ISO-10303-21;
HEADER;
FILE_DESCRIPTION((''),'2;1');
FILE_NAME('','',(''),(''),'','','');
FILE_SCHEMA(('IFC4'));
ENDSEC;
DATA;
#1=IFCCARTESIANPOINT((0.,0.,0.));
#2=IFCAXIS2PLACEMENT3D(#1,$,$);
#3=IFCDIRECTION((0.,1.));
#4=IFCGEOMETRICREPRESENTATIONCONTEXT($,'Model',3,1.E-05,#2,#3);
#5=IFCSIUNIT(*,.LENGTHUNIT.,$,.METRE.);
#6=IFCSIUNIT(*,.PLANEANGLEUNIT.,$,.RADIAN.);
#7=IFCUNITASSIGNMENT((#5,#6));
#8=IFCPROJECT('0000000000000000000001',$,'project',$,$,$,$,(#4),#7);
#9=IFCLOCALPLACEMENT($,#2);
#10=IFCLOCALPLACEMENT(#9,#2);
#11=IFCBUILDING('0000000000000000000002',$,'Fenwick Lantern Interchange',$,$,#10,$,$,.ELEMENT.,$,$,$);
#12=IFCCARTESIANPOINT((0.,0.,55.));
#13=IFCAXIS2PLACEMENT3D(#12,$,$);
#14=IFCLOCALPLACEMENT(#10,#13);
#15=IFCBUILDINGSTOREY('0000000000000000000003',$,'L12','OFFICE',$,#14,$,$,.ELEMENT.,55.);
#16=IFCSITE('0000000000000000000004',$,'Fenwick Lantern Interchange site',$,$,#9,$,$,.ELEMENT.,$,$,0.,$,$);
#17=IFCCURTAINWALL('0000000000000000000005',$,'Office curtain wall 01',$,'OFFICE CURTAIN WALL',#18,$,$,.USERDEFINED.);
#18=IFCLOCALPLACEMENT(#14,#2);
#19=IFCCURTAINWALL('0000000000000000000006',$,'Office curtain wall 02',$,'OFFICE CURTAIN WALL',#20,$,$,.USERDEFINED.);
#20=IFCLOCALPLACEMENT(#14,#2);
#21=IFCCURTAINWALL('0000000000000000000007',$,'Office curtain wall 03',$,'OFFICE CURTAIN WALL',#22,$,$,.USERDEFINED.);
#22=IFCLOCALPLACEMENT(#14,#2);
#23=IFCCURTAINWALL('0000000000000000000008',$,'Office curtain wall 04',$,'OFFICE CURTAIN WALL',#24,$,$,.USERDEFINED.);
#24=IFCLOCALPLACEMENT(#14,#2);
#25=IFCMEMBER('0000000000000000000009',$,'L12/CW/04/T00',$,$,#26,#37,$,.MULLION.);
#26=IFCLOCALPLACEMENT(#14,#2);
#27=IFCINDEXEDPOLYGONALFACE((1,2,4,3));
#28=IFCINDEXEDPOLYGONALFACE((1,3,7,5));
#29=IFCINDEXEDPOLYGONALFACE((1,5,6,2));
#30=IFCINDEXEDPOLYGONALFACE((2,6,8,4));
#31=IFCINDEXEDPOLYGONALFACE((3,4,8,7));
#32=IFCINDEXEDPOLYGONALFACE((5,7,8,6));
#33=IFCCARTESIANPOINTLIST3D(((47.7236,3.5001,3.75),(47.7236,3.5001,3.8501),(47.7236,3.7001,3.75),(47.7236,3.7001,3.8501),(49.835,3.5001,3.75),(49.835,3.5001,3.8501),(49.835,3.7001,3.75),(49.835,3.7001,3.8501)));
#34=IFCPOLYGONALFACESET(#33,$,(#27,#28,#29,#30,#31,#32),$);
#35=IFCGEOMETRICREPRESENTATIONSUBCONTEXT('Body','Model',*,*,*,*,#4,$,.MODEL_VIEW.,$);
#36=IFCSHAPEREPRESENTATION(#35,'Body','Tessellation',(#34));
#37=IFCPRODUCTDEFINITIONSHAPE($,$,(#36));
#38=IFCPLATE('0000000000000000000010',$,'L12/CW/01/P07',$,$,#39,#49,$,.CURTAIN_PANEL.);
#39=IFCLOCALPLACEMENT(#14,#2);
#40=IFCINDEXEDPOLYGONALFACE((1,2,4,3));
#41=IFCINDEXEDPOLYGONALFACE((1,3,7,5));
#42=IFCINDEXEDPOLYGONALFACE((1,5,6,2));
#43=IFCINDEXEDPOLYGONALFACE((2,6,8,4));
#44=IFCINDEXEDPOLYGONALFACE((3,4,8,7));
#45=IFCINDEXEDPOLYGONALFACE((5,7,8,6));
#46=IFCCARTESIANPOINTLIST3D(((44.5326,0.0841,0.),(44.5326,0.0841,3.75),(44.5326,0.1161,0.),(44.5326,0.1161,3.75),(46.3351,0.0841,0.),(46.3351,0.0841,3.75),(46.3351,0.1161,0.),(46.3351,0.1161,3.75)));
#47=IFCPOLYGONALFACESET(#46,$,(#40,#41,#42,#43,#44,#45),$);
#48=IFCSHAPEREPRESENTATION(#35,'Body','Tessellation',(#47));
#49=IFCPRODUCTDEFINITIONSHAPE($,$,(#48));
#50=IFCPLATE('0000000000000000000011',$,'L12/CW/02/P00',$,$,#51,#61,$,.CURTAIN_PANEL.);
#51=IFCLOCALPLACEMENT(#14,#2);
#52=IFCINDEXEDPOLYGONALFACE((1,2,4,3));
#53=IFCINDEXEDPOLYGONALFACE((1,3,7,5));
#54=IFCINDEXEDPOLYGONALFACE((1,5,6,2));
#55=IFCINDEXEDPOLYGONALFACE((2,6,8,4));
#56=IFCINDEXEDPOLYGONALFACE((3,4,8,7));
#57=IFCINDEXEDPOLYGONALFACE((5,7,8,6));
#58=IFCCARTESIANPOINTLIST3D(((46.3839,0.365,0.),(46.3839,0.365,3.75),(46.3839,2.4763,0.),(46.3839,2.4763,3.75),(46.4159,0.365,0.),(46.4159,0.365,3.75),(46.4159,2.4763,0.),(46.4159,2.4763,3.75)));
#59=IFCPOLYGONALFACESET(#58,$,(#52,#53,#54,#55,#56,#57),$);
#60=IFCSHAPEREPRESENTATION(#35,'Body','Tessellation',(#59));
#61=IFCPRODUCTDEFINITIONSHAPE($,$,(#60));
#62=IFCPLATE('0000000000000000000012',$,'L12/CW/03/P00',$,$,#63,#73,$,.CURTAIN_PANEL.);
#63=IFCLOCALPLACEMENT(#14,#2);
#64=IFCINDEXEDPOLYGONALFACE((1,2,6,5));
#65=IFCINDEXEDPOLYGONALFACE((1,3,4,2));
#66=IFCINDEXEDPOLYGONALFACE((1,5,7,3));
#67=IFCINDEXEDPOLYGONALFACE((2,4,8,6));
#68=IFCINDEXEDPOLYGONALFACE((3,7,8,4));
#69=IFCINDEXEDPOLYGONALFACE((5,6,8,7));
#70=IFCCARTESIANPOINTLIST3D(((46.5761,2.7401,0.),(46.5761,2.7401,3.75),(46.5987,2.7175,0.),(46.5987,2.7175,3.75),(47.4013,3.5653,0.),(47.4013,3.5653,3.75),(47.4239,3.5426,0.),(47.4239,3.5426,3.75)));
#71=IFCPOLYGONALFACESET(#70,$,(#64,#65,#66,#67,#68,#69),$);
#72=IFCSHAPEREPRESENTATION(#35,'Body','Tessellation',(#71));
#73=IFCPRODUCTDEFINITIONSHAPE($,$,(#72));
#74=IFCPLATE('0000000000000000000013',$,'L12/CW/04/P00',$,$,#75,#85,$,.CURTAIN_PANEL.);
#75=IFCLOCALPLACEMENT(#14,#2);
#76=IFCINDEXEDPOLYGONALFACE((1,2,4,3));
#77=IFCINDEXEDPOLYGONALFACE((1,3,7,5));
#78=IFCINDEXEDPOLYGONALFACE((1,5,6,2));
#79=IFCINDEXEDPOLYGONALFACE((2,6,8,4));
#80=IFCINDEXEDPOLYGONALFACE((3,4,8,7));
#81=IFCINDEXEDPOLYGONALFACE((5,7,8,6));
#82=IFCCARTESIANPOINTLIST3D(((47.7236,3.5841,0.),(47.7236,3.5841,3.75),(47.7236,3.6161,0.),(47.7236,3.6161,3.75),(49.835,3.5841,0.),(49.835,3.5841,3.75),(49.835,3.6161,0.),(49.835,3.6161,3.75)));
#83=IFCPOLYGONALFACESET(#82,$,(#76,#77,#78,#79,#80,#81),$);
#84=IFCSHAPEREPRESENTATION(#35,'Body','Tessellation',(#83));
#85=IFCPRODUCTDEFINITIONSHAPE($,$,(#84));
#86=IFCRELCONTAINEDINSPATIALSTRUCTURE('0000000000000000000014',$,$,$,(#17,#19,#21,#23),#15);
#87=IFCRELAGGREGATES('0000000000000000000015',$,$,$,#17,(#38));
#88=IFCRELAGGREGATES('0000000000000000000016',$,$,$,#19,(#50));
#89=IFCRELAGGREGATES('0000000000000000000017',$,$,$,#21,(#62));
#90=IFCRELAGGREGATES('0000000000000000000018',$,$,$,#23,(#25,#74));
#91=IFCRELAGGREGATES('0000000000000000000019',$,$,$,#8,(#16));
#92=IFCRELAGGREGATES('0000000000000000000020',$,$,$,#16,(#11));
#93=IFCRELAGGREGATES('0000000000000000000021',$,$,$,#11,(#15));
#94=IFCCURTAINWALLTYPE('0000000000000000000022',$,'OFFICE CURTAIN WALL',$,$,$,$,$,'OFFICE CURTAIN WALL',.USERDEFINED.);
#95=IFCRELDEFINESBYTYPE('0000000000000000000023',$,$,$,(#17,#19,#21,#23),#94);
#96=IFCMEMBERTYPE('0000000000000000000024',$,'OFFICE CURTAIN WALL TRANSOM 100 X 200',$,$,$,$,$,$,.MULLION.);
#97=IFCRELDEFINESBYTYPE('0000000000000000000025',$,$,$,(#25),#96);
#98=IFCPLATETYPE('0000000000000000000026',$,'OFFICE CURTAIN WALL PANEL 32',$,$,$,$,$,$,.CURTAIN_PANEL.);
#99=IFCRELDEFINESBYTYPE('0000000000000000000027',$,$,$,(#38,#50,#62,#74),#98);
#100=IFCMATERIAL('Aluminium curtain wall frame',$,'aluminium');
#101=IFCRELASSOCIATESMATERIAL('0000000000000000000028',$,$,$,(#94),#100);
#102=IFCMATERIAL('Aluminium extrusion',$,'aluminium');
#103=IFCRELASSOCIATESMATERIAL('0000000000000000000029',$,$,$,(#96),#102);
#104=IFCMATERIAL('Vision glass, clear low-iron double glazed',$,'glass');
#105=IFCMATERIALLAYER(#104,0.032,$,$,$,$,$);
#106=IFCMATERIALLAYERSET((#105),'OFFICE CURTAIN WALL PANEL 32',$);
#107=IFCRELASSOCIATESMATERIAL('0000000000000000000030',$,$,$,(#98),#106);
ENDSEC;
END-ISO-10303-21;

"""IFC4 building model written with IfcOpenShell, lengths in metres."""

from ifc_helpers import new_model, si_unit, direction, frame, origin, origin_2d, place, context, subcontext, project, spatial, rectangle, extrude, material, layer, layer_set, material_profile, profile_set, type_object, element, aggregate, save


model = new_model("IFC4")

# Units and contexts
model_context = context("Model", 3, precision=1e-05, world=origin(), true_north=direction((0.0, 1.0)))
body_context = subcontext(model_context, "Body", "Model", "MODEL_VIEW")
ifc_project = project(units=[si_unit("LENGTHUNIT", "METRE"), si_unit("PLANEANGLEUNIT", "RADIAN")], contexts=[model_context])

# Site, building, storey
site_placement = place(None, origin())
site = spatial("IfcSite", under=ifc_project, at=site_placement, Name="Fenwick Lantern Interchange site", CompositionType="ELEMENT", RefElevation=0.0)
building_placement = place(site_placement, origin())
building = spatial("IfcBuilding", under=site, at=building_placement, Name="Fenwick Lantern Interchange", CompositionType="ELEMENT")
storey_placement = place(building_placement, frame((0.0, 0.0, 55.0)))
storey = spatial("IfcBuildingStorey", under=building, at=storey_placement, Name="L12", Description="OFFICE", CompositionType="ELEMENT", Elevation=55.0)

# Curtain walls
ifc_material_1 = material(Name="Aluminium curtain wall frame", Category="aluminium")
curtain_wall_type = type_object("IfcCurtainWallType", Name="OFFICE CURTAIN WALL", ElementType="OFFICE CURTAIN WALL", PredefinedType="USERDEFINED", material=ifc_material_1)
curtain_wall_1_placement = place(storey_placement, origin())
curtain_wall_1 = element("IfcCurtainWall", 1, at=curtain_wall_1_placement, inside=storey, type_object=curtain_wall_type, Name="Office curtain wall 01", ObjectType="OFFICE CURTAIN WALL", PredefinedType="USERDEFINED")
ifc_material_2 = material(Name="Aluminium extrusion", Category="aluminium")
curtain_wall_2_placement = place(storey_placement, origin())
curtain_wall_2 = element("IfcCurtainWall", 2, at=curtain_wall_2_placement, inside=storey, type_object=curtain_wall_type, Name="Office curtain wall 02", ObjectType="OFFICE CURTAIN WALL", PredefinedType="USERDEFINED")
curtain_wall_3_placement = place(storey_placement, origin())
curtain_wall_3 = element("IfcCurtainWall", 3, at=curtain_wall_3_placement, inside=storey, type_object=curtain_wall_type, Name="Office curtain wall 03", ObjectType="OFFICE CURTAIN WALL", PredefinedType="USERDEFINED")
curtain_wall_4_placement = place(storey_placement, origin())
curtain_wall_4 = element("IfcCurtainWall", 4, at=curtain_wall_4_placement, inside=storey, type_object=curtain_wall_type, Name="Office curtain wall 04", ObjectType="OFFICE CURTAIN WALL", PredefinedType="USERDEFINED")

# Member
ifc_material_profile_1 = material_profile(ifc_material_2, rectangle(XDim=0.2, YDim=0.1001, at=origin_2d()), Name="OFFICE CURTAIN WALL TRANSOM 100 X 200")
ifc_profile_set_1 = profile_set([ifc_material_profile_1], Name="Aluminium extrusion")
member_type_1 = type_object("IfcMemberType", Name="OFFICE CURTAIN WALL TRANSOM 100 X 200", PredefinedType="MULLION", material=ifc_profile_set_1)
member_1_placement = place(storey_placement, frame((47.7236, 3.6001, 3.8), z_axis=(1.0, 0.0, 0.0), x_axis=(0.0, 1.0, 0.0)))
member_1 = element("IfcMember", 5, at=member_1_placement, type_object=member_type_1, Name="L12/CW/04/T00", PredefinedType="MULLION", context=body_context, shape_type="SweptSolid", body=[
    extrude(rectangle(XDim=0.2, YDim=0.1001, at=origin_2d()), origin(), (0.0, 0.0, 1.0), 2.1113),
])

# Plates
ifc_material_3 = material(Name="Vision glass, clear low-iron double glazed", Category="glass")
ifc_layer_1 = layer(ifc_material_3, 0.032)
ifc_layer_set_1 = layer_set([ifc_layer_1], Name="OFFICE CURTAIN WALL PANEL 32")
plate_type = type_object("IfcPlateType", Name="OFFICE CURTAIN WALL PANEL 32", PredefinedType="CURTAIN_PANEL", material=ifc_layer_set_1)
plate_1_placement = place(storey_placement, frame((45.4338, 0.1001, 0.0), z_axis=(0.0, 0.0, 1.0), x_axis=(1.0, 0.0, 0.0)))
plate_1 = element("IfcPlate", 6, at=plate_1_placement, type_object=plate_type, Name="L12/CW/01/P07", PredefinedType="CURTAIN_PANEL", context=body_context, shape_type="SweptSolid", body=[
    extrude(rectangle(XDim=1.8025, YDim=0.032, at=origin_2d()), origin(), (0.0, 0.0, 1.0), 3.75),
])
aggregate(curtain_wall_1, [plate_1])
plate_2_placement = place(storey_placement, frame((46.3999, 1.4207, 0.0), z_axis=(0.0, 0.0, 1.0), x_axis=(0.0, 1.0, 0.0)))
plate_2 = element("IfcPlate", 7, at=plate_2_placement, type_object=plate_type, Name="L12/CW/02/P00", PredefinedType="CURTAIN_PANEL", context=body_context, shape_type="SweptSolid", body=[
    extrude(rectangle(XDim=2.1113, YDim=0.032, at=origin_2d()), origin(), (0.0, 0.0, 1.0), 3.75),
])
aggregate(curtain_wall_2, [plate_2])
plate_3_placement = place(storey_placement, frame((47.0, 3.1414, 0.0), z_axis=(0.0, 0.0, 1.0), x_axis=(0.707107, 0.707107, 0.0)))
plate_3 = element("IfcPlate", 8, at=plate_3_placement, type_object=plate_type, Name="L12/CW/03/P00", PredefinedType="CURTAIN_PANEL", context=body_context, shape_type="SweptSolid", body=[
    extrude(rectangle(XDim=1.167, YDim=0.032, at=origin_2d()), origin(), (0.0, 0.0, 1.0), 3.75),
])
aggregate(curtain_wall_3, [plate_3])
plate_4_placement = place(storey_placement, frame((48.7793, 3.6001, 0.0), z_axis=(0.0, 0.0, 1.0), x_axis=(1.0, 0.0, 0.0)))
plate_4 = element("IfcPlate", 9, at=plate_4_placement, type_object=plate_type, Name="L12/CW/04/P00", PredefinedType="CURTAIN_PANEL", context=body_context, shape_type="SweptSolid", body=[
    extrude(rectangle(XDim=2.1113, YDim=0.032, at=origin_2d()), origin(), (0.0, 0.0, 1.0), 3.75),
])
aggregate(curtain_wall_4, [member_1, plate_4])

save(model, "model.ifc")
